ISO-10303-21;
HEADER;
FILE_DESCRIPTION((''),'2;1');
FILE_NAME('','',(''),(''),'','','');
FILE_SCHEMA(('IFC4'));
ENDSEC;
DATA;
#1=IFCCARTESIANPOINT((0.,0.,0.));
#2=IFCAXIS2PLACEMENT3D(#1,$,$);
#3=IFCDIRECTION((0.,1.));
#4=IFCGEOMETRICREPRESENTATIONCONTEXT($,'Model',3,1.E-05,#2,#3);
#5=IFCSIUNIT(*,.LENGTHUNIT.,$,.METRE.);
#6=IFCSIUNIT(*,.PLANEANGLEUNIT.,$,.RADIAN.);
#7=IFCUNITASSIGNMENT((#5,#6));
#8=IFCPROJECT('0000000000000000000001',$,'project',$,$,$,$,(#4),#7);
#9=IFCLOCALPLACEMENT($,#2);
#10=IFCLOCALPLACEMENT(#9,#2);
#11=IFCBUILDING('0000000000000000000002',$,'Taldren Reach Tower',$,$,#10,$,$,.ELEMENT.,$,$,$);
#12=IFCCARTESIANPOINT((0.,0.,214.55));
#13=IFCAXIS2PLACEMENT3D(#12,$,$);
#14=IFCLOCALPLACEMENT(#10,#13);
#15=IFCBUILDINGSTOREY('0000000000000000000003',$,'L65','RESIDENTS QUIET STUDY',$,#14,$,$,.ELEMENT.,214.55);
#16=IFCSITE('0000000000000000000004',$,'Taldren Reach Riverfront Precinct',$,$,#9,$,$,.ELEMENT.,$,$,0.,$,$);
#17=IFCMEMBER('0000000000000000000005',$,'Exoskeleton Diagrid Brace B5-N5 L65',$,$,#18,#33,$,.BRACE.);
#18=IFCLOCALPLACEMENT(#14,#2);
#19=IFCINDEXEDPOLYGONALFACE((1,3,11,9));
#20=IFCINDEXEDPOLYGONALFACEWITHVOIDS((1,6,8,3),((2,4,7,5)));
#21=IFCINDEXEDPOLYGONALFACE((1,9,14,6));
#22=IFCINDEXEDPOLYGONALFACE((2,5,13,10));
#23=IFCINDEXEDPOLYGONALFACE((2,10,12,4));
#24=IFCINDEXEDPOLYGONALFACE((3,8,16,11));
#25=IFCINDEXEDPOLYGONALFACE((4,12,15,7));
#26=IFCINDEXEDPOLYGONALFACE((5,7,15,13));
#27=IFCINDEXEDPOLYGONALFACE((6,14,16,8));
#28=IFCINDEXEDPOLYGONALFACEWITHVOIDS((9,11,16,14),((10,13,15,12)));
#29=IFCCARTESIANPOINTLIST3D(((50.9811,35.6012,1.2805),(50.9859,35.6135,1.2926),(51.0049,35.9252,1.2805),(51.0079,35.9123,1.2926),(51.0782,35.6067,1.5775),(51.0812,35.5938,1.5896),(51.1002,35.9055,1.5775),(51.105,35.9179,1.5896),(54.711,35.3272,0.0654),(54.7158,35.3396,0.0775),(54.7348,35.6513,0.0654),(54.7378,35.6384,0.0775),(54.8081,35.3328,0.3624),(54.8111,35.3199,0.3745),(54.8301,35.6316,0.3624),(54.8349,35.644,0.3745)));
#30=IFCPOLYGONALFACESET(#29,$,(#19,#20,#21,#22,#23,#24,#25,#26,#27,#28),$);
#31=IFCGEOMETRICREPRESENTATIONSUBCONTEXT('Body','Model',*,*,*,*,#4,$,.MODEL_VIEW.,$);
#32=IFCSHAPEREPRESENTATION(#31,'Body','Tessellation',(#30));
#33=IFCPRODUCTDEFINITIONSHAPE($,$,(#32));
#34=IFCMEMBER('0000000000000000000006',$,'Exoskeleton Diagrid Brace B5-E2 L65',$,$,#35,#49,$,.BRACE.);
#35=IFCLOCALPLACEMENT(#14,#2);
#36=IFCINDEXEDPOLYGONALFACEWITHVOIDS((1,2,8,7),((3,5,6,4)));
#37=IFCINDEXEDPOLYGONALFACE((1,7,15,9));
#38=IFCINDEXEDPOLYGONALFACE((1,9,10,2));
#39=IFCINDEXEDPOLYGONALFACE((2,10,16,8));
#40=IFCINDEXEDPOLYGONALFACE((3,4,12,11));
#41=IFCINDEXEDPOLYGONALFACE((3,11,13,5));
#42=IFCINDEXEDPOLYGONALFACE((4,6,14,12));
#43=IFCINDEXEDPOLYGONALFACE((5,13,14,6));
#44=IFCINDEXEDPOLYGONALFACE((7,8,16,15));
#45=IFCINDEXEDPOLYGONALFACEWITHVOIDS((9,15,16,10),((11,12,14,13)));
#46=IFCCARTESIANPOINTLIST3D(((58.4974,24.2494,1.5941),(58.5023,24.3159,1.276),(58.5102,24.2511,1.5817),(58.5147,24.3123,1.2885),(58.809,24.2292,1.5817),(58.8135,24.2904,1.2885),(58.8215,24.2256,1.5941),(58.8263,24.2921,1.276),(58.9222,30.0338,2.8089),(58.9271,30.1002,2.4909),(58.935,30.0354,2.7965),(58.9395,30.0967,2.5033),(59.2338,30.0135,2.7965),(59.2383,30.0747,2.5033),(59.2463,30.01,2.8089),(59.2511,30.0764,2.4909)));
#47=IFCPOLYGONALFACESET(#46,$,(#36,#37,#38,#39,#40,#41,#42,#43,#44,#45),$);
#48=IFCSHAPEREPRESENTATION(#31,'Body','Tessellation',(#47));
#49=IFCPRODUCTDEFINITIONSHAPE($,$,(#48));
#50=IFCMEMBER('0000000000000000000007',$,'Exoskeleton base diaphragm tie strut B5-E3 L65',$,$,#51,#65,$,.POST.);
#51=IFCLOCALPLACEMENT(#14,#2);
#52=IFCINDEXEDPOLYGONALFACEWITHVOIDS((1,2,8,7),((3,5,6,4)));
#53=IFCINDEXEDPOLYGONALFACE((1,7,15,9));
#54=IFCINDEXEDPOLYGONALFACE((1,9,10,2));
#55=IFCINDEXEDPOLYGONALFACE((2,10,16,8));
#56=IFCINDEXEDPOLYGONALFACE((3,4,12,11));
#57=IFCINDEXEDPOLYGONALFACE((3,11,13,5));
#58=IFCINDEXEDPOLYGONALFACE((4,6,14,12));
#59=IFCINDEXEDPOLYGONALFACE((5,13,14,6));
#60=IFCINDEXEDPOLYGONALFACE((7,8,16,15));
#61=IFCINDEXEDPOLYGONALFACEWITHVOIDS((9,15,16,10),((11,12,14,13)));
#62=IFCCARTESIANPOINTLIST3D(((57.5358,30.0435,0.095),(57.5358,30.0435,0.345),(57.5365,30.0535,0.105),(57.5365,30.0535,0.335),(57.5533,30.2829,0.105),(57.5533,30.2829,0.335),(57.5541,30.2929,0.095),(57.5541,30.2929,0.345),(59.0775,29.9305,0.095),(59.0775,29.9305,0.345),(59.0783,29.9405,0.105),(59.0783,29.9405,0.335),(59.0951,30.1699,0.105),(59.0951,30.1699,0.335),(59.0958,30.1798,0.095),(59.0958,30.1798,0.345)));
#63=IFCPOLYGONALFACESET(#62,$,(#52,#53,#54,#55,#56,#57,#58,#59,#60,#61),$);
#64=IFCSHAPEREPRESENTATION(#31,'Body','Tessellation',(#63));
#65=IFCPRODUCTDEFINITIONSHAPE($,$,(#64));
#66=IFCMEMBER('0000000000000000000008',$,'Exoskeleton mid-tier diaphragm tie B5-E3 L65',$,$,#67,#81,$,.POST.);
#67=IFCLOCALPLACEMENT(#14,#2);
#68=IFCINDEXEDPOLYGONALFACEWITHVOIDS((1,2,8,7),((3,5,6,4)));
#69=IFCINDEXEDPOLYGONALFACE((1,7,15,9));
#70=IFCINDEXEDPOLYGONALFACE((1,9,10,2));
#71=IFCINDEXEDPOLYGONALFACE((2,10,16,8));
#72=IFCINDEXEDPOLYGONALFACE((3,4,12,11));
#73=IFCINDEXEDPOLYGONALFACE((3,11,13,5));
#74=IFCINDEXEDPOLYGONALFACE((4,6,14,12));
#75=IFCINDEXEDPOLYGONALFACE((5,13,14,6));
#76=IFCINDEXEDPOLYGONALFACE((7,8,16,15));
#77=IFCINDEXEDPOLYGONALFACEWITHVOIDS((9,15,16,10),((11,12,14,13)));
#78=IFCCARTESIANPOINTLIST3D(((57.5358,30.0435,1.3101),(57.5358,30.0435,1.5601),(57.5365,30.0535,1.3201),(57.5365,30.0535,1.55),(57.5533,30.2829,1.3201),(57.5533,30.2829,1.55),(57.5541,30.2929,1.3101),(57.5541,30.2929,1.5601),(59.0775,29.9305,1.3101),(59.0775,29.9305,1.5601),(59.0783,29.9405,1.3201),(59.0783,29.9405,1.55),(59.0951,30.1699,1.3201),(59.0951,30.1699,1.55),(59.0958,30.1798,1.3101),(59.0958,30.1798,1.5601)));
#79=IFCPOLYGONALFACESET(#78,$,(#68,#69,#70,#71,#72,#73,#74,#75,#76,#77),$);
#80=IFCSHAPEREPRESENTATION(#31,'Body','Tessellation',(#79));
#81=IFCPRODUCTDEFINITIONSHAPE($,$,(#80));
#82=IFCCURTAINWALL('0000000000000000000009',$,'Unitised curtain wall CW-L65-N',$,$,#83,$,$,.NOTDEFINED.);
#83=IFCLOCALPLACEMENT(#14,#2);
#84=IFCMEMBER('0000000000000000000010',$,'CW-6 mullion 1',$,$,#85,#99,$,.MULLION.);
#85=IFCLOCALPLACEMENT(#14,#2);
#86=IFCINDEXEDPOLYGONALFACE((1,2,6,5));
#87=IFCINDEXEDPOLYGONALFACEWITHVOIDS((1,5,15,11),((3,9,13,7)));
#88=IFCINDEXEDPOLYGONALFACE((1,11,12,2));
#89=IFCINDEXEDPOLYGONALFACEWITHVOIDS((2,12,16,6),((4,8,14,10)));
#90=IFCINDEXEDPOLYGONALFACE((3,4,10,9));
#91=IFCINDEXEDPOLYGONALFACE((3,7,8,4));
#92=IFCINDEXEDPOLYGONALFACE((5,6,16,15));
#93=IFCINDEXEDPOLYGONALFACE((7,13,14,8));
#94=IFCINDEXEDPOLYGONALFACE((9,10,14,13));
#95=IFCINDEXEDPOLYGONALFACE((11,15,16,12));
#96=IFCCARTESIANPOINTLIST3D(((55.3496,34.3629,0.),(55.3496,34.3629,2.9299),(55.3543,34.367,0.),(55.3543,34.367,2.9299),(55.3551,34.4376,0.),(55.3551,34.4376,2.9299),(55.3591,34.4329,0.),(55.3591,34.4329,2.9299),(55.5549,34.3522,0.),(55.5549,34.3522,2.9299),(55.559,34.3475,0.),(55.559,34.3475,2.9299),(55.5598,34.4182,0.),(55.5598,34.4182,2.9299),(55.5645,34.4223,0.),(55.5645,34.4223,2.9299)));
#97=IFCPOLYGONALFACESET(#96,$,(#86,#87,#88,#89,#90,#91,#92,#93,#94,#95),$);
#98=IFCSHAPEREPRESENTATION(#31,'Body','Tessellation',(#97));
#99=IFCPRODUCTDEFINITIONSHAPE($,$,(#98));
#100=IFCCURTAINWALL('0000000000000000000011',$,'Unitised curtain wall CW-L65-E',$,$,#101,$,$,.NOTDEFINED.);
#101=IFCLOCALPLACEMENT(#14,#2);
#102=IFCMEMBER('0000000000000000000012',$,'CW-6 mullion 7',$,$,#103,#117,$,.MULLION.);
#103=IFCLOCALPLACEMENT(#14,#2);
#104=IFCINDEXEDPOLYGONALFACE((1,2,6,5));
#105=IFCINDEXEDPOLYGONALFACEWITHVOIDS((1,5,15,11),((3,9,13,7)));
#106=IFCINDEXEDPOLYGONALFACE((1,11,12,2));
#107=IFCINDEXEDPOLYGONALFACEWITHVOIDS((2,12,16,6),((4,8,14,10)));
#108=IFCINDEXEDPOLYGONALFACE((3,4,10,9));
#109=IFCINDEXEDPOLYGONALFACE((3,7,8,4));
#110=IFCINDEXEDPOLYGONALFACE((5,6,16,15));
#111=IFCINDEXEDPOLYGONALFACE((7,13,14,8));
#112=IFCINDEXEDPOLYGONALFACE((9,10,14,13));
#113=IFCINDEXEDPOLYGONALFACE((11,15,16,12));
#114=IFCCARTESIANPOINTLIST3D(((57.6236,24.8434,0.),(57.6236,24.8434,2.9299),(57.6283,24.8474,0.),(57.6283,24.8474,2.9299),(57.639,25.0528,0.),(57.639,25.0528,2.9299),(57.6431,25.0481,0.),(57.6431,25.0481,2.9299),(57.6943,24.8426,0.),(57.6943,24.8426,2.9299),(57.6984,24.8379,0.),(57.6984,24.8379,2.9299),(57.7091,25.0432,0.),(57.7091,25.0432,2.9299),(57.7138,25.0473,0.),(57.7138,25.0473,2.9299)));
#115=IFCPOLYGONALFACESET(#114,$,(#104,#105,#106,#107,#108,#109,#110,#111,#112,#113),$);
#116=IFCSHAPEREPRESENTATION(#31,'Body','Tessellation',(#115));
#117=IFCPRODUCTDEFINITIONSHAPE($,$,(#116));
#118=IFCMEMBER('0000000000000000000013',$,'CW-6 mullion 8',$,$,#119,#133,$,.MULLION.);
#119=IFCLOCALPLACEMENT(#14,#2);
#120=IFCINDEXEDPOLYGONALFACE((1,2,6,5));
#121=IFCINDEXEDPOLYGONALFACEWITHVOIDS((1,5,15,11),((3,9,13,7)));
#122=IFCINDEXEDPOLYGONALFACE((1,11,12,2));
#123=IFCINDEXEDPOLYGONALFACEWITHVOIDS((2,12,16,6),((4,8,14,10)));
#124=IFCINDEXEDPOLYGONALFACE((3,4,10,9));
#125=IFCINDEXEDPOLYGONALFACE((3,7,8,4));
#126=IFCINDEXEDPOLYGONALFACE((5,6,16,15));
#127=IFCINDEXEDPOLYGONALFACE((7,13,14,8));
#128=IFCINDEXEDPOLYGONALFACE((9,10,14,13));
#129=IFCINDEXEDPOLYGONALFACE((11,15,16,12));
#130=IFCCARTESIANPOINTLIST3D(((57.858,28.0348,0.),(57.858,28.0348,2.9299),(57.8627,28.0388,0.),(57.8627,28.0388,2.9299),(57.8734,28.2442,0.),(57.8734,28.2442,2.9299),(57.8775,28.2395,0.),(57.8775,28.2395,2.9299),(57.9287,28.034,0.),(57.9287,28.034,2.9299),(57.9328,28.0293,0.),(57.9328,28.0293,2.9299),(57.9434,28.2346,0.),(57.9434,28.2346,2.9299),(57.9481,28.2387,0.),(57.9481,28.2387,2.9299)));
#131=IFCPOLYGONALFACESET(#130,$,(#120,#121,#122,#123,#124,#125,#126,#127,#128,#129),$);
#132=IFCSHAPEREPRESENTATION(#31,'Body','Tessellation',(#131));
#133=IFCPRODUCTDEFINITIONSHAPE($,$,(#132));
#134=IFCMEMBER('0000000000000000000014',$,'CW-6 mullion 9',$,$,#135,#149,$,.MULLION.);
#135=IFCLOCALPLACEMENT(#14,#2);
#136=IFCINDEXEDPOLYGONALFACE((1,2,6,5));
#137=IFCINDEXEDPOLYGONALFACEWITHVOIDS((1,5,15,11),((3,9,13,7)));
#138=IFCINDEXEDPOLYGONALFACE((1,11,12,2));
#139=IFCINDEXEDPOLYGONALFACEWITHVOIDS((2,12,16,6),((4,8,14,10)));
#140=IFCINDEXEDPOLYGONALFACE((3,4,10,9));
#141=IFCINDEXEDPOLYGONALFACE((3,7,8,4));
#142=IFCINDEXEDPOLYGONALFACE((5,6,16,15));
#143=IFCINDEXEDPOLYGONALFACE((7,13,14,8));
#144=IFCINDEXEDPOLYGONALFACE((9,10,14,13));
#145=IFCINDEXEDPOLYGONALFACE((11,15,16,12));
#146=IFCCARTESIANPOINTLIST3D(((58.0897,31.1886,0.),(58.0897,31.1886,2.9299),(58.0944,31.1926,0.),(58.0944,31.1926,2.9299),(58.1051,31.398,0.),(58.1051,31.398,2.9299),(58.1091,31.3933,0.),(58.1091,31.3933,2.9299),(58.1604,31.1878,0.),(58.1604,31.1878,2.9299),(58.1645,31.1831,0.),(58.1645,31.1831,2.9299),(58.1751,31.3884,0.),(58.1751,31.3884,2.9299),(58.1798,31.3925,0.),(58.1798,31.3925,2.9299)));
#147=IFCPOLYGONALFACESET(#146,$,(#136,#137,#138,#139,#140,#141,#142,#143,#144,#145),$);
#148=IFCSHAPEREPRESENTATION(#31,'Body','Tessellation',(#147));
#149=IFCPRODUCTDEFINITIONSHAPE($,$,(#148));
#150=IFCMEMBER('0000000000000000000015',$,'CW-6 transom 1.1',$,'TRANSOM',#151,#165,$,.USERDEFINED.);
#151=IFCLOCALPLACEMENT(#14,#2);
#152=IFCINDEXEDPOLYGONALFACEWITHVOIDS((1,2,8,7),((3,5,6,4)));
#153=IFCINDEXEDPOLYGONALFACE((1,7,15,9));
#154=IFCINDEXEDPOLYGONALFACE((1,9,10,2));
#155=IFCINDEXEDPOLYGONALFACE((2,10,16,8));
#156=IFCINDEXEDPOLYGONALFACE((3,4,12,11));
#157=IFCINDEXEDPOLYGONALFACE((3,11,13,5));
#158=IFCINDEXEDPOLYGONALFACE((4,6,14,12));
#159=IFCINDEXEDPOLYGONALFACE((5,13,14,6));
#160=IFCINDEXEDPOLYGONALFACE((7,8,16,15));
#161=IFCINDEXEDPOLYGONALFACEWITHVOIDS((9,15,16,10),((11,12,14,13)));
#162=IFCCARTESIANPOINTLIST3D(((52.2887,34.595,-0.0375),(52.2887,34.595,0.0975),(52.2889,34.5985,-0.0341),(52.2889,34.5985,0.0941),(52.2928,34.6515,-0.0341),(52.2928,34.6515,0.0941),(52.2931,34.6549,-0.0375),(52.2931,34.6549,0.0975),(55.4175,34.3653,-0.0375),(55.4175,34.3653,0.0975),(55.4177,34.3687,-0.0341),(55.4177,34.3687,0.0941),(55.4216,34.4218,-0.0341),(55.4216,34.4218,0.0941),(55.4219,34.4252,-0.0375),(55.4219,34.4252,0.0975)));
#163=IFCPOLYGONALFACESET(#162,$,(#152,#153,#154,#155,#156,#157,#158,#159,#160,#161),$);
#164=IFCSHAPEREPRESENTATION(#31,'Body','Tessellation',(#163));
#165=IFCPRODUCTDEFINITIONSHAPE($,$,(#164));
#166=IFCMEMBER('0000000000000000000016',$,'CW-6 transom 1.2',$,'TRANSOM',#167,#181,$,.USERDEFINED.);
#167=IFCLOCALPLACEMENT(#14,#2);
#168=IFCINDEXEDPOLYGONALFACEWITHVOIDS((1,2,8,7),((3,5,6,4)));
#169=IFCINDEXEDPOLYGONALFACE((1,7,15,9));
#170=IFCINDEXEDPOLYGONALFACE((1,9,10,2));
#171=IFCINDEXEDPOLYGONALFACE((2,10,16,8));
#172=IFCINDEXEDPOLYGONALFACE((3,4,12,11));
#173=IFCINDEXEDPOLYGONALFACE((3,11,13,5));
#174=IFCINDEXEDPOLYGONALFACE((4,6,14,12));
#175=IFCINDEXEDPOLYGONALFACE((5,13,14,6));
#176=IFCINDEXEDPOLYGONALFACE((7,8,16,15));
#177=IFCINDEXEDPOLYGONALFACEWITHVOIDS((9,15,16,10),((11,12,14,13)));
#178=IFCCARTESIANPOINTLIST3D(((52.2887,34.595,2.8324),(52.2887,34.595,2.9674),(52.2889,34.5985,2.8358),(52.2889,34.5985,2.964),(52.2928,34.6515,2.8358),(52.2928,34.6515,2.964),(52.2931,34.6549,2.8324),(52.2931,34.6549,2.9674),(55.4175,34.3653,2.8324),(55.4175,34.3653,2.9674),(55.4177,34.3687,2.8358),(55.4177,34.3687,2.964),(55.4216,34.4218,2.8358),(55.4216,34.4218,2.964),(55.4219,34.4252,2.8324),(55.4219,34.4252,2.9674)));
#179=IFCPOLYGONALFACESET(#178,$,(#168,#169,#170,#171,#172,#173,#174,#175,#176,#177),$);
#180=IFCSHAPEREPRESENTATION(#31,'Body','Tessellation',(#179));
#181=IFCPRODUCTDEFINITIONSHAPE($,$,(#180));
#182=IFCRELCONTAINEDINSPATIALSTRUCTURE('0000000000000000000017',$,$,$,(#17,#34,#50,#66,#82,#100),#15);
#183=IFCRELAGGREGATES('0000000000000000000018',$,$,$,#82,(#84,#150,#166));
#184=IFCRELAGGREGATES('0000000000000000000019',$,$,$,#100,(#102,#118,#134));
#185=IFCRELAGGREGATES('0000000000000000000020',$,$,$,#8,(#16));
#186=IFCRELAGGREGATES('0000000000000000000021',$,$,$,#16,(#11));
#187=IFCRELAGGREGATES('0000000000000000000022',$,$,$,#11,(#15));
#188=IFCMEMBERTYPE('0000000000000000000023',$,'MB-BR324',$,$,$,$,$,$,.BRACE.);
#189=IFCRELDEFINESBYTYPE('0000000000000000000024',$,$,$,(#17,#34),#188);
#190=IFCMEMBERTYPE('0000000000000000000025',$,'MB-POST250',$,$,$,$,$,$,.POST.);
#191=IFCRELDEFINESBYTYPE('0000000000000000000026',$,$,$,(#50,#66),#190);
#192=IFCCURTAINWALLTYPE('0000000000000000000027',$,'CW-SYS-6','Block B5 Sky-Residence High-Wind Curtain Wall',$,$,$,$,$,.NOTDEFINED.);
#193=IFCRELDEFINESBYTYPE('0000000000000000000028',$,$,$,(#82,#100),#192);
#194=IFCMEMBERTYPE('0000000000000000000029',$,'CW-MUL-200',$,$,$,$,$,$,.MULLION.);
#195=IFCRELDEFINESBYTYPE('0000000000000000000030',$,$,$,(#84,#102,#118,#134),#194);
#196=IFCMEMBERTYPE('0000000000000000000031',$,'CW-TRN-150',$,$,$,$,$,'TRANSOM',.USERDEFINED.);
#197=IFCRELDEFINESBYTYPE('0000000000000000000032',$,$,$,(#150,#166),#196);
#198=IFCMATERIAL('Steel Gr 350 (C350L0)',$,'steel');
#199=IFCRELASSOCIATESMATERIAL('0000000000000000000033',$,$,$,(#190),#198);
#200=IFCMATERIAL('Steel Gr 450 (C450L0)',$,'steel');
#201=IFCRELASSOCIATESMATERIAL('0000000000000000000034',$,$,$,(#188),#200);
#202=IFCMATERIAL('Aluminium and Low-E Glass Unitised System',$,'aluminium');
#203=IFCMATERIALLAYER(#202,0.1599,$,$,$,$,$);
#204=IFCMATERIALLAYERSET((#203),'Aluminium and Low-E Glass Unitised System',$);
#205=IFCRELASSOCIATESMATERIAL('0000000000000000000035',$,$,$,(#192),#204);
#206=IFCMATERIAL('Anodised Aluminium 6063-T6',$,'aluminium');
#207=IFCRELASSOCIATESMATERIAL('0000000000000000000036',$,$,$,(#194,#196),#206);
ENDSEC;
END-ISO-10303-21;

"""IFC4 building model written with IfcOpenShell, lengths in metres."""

from ifc_helpers import new_model, si_unit, direction, frame, origin, origin_2d, place, context, subcontext, project, spatial, hollow_rectangle, extrude, source, transform, mapped, material, layer, layer_set, material_profile, profile_set, type_object, element, aggregate, save


model = new_model("IFC4")

# Units and contexts
model_context = context("Model", 3, precision=1e-05, world=origin(), true_north=direction((0.0, 1.0)))
body_context = subcontext(model_context, "Body", "Model", "MODEL_VIEW")
ifc_project = project(units=[si_unit("LENGTHUNIT", "METRE"), si_unit("PLANEANGLEUNIT", "RADIAN")], contexts=[model_context])

# Site, building, storey
site_placement = place(None, origin())
site = spatial("IfcSite", under=ifc_project, at=site_placement, Name="Taldren Reach Riverfront Precinct", CompositionType="ELEMENT", RefElevation=0.0)
building_placement = place(site_placement, origin())
building = spatial("IfcBuilding", under=site, at=building_placement, Name="Taldren Reach Tower", CompositionType="ELEMENT")
storey_placement = place(building_placement, frame((0.0, 0.0, 214.55)))
storey = spatial("IfcBuildingStorey", under=building, at=storey_placement, Name="L65", Description="RESIDENTS QUIET STUDY", CompositionType="ELEMENT", Elevation=214.55)

# Shared definitions
ifc_material_1 = material(Name="Steel Gr 350 (C350L0)", Category="steel")

# Shared definitions
ifc_material_profile_1 = material_profile(ifc_material_1, hollow_rectangle(XDim=0.25, YDim=0.25, WallThickness=0.01, at=origin_2d()), Name="250x250x10.0SHS")
ifc_profile_set_1 = profile_set([ifc_material_profile_1], Name="Steel Gr 350 (C350L0)")
member_type_1 = type_object("IfcMemberType", Name="MB-POST250", PredefinedType="POST", material=ifc_profile_set_1)
ifc_material_2 = material(Name="Steel Gr 450 (C450L0)", Category="steel")

# Members
ifc_material_profile_2 = material_profile(ifc_material_2, hollow_rectangle(XDim=0.325, YDim=0.325, WallThickness=0.0127, at=origin_2d()), Name="325x325x12.7SHS")
ifc_profile_set_2 = profile_set([ifc_material_profile_2], Name="Steel Gr 450 (C450L0)")
member_type_2 = type_object("IfcMemberType", Name="MB-BR324", PredefinedType="BRACE", material=ifc_profile_set_2)
shared_shape_1 = source(origin(), body_context, "Body", "SweptSolid", [
    extrude(hollow_rectangle(XDim=0.325, YDim=0.325, WallThickness=0.0127, at=origin_2d()), origin(), (0.0, 0.0, 1.0), 3.9324),
])
member_1_placement = place(storey_placement, frame((54.7729, 35.4856, 0.22), z_axis=(-0.948511, 0.069658, 0.308989), x_axis=(-0.073242, -0.997314, 0.0)))
element("IfcMember", 1, at=member_1_placement, inside=storey, type_object=member_type_2, Name="Exoskeleton Diagrid Brace B5-N5 L65", PredefinedType="BRACE", context=body_context, shape_type="MappedRepresentation", body=[
    mapped(shared_shape_1, transform((0.0, 0.0, 0.0), scale=1.0)),
])
shared_shape_2 = source(origin(), body_context, "Body", "SweptSolid", [
    extrude(hollow_rectangle(XDim=0.325, YDim=0.325, WallThickness=0.0127, at=origin_2d()), origin(), (0.0, 0.0, 1.0), 5.9258),
])
member_2_placement = place(storey_placement, frame((58.6619, 24.2708, 1.4351), z_axis=(0.071687, 0.976132, 0.205007), x_axis=(-0.997314, 0.073242, 0.0)))
element("IfcMember", 2, at=member_2_placement, inside=storey, type_object=member_type_2, Name="Exoskeleton Diagrid Brace B5-E2 L65", PredefinedType="BRACE", context=body_context, shape_type="MappedRepresentation", body=[
    mapped(shared_shape_2, transform((0.0, 0.0, 0.0), scale=1.0)),
])
shared_shape_3 = source(origin(), body_context, "Body", "SweptSolid", [
    extrude(hollow_rectangle(XDim=0.25, YDim=0.25, WallThickness=0.01, at=origin_2d()), origin(), (0.0, 0.0, 1.0), 1.5459),
])
for number, where, z_axis, x_axis, name in (
    (3, (57.5449, 30.1682, 0.22), (0.997323, -0.073121, 0.0), (0.073121, 0.997323, 0.0), "Exoskeleton base diaphragm tie strut B5-E3 L65"),
    (4, (57.5449, 30.1682, 1.4351), (0.997323, -0.073121, 0.0), (0.073121, 0.997323, 0.0), "Exoskeleton mid-tier diaphragm tie B5-E3 L65"),
):
    element("IfcMember", number, at=place(storey_placement, frame(where, z_axis=z_axis, x_axis=x_axis)), inside=storey, type_object=member_type_1, Name=name, PredefinedType="POST", context=body_context, shape_type="MappedRepresentation", body=[
        mapped(shared_shape_3, transform((0.0, 0.0, 0.0), scale=1.0)),
    ])

# Curtain wall, member
ifc_material_3 = material(Name="Aluminium and Low-E Glass Unitised System", Category="aluminium")
ifc_layer_1 = layer(ifc_material_3, 0.1599)
ifc_layer_set_1 = layer_set([ifc_layer_1], Name="Aluminium and Low-E Glass Unitised System")
curtain_wall_type = type_object("IfcCurtainWallType", Name="CW-SYS-6", Description="Block B5 Sky-Residence High-Wind Curtain Wall", PredefinedType="NOTDEFINED", material=ifc_layer_set_1)
curtain_wall_1_placement = place(storey_placement, origin())
curtain_wall_1 = element("IfcCurtainWall", 5, at=curtain_wall_1_placement, inside=storey, type_object=curtain_wall_type, Name="Unitised curtain wall CW-L65-N", PredefinedType="NOTDEFINED")
ifc_material_4 = material(Name="Anodised Aluminium 6063-T6", Category="aluminium")
ifc_material_profile_3 = material_profile(ifc_material_4, hollow_rectangle(XDim=0.075, YDim=0.21, WallThickness=0.0044, at=origin_2d()), Name="ALU-210x75x4.5RHS")
ifc_profile_set_3 = profile_set([ifc_material_profile_3], Name="Anodised Aluminium 6063-T6")
member_type_3 = type_object("IfcMemberType", Name="CW-MUL-200", PredefinedType="MULLION", material=ifc_profile_set_3)
shared_shape_4 = source(origin(), body_context, "Body", "SweptSolid", [
    extrude(hollow_rectangle(XDim=0.075, YDim=0.21, WallThickness=0.0044, at=origin_2d()), origin(), (0.0, 0.0, 1.0), 2.9299),
])
member_3_placement = place(storey_placement, frame((55.457, 34.3926, 0.0), z_axis=(0.0, 0.0, 1.0), x_axis=(-0.073238, -0.997314, 0.0)))
member_3 = element("IfcMember", 6, at=member_3_placement, type_object=member_type_3, Name="CW-6 mullion 1", PredefinedType="MULLION", context=body_context, shape_type="MappedRepresentation", body=[
    mapped(shared_shape_4, transform((0.0, 0.0, 0.0), scale=1.0)),
])

# Curtain wall, members
curtain_wall_2_placement = place(storey_placement, origin())
curtain_wall_2 = element("IfcCurtainWall", 7, at=curtain_wall_2_placement, inside=storey, type_object=curtain_wall_type, Name="Unitised curtain wall CW-L65-E", PredefinedType="NOTDEFINED")
member_4_placement = place(storey_placement, frame((57.6687, 24.9453, 0.0), z_axis=(0.0, 0.0, 1.0), x_axis=(-0.997314, 0.073238, 0.0)))
member_4 = element("IfcMember", 8, at=member_4_placement, type_object=member_type_3, Name="CW-6 mullion 7", PredefinedType="MULLION", context=body_context, shape_type="MappedRepresentation", body=[
    mapped(shared_shape_4, transform((0.0, 0.0, 0.0), scale=1.0)),
])
member_5_placement = place(storey_placement, frame((57.9031, 28.1367, 0.0), z_axis=(0.0, 0.0, 1.0), x_axis=(-0.997314, 0.073238, 0.0)))
member_5 = element("IfcMember", 9, at=member_5_placement, type_object=member_type_3, Name="CW-6 mullion 8", PredefinedType="MULLION", context=body_context, shape_type="MappedRepresentation", body=[
    mapped(shared_shape_4, transform((0.0, 0.0, 0.0), scale=1.0)),
])
member_6_placement = place(storey_placement, frame((58.1348, 31.2905, 0.0), z_axis=(0.0, 0.0, 1.0), x_axis=(-0.997314, 0.073238, 0.0)))
member_6 = element("IfcMember", 10, at=member_6_placement, type_object=member_type_3, Name="CW-6 mullion 9", PredefinedType="MULLION", context=body_context, shape_type="MappedRepresentation", body=[
    mapped(shared_shape_4, transform((0.0, 0.0, 0.0), scale=1.0)),
])

# Members
ifc_material_profile_4 = material_profile(ifc_material_4, hollow_rectangle(XDim=0.0601, YDim=0.135, WallThickness=0.0034, at=origin_2d()), Name="ALU-135x60x3.5RHS")
ifc_profile_set_4 = profile_set([ifc_material_profile_4], Name="Anodised Aluminium 6063-T6")
member_type_4 = type_object("IfcMemberType", Name="CW-TRN-150", ElementType="TRANSOM", PredefinedType="USERDEFINED", material=ifc_profile_set_4)
shared_shape_5 = source(origin(), body_context, "Body", "SweptSolid", [
    extrude(hollow_rectangle(XDim=0.0601, YDim=0.135, WallThickness=0.0034, at=origin_2d()), origin(), (0.0, 0.0, 1.0), 3.1372),
])
member_7_placement = place(storey_placement, frame((55.4197, 34.3953, 0.03), z_axis=(-0.997315, 0.073227, 0.0), x_axis=(-0.073227, -0.997315, 0.0)))
member_7 = element("IfcMember", 11, at=member_7_placement, type_object=member_type_4, Name="CW-6 transom 1.1", ObjectType="TRANSOM", PredefinedType="USERDEFINED", context=body_context, shape_type="MappedRepresentation", body=[
    mapped(shared_shape_5, transform((0.0, 0.0, 0.0), scale=1.0)),
])
member_8_placement = place(storey_placement, frame((55.4197, 34.3953, 2.8999), z_axis=(-0.997315, 0.073227, 0.0), x_axis=(-0.073227, -0.997315, 0.0)))
member_8 = element("IfcMember", 12, at=member_8_placement, type_object=member_type_4, Name="CW-6 transom 1.2", ObjectType="TRANSOM", PredefinedType="USERDEFINED", context=body_context, shape_type="MappedRepresentation", body=[
    mapped(shared_shape_5, transform((0.0, 0.0, 0.0), scale=1.0)),
])

aggregate(curtain_wall_1, [member_3, member_7, member_8])
aggregate(curtain_wall_2, [member_4, member_5, member_6])

save(model, "model.ifc")
